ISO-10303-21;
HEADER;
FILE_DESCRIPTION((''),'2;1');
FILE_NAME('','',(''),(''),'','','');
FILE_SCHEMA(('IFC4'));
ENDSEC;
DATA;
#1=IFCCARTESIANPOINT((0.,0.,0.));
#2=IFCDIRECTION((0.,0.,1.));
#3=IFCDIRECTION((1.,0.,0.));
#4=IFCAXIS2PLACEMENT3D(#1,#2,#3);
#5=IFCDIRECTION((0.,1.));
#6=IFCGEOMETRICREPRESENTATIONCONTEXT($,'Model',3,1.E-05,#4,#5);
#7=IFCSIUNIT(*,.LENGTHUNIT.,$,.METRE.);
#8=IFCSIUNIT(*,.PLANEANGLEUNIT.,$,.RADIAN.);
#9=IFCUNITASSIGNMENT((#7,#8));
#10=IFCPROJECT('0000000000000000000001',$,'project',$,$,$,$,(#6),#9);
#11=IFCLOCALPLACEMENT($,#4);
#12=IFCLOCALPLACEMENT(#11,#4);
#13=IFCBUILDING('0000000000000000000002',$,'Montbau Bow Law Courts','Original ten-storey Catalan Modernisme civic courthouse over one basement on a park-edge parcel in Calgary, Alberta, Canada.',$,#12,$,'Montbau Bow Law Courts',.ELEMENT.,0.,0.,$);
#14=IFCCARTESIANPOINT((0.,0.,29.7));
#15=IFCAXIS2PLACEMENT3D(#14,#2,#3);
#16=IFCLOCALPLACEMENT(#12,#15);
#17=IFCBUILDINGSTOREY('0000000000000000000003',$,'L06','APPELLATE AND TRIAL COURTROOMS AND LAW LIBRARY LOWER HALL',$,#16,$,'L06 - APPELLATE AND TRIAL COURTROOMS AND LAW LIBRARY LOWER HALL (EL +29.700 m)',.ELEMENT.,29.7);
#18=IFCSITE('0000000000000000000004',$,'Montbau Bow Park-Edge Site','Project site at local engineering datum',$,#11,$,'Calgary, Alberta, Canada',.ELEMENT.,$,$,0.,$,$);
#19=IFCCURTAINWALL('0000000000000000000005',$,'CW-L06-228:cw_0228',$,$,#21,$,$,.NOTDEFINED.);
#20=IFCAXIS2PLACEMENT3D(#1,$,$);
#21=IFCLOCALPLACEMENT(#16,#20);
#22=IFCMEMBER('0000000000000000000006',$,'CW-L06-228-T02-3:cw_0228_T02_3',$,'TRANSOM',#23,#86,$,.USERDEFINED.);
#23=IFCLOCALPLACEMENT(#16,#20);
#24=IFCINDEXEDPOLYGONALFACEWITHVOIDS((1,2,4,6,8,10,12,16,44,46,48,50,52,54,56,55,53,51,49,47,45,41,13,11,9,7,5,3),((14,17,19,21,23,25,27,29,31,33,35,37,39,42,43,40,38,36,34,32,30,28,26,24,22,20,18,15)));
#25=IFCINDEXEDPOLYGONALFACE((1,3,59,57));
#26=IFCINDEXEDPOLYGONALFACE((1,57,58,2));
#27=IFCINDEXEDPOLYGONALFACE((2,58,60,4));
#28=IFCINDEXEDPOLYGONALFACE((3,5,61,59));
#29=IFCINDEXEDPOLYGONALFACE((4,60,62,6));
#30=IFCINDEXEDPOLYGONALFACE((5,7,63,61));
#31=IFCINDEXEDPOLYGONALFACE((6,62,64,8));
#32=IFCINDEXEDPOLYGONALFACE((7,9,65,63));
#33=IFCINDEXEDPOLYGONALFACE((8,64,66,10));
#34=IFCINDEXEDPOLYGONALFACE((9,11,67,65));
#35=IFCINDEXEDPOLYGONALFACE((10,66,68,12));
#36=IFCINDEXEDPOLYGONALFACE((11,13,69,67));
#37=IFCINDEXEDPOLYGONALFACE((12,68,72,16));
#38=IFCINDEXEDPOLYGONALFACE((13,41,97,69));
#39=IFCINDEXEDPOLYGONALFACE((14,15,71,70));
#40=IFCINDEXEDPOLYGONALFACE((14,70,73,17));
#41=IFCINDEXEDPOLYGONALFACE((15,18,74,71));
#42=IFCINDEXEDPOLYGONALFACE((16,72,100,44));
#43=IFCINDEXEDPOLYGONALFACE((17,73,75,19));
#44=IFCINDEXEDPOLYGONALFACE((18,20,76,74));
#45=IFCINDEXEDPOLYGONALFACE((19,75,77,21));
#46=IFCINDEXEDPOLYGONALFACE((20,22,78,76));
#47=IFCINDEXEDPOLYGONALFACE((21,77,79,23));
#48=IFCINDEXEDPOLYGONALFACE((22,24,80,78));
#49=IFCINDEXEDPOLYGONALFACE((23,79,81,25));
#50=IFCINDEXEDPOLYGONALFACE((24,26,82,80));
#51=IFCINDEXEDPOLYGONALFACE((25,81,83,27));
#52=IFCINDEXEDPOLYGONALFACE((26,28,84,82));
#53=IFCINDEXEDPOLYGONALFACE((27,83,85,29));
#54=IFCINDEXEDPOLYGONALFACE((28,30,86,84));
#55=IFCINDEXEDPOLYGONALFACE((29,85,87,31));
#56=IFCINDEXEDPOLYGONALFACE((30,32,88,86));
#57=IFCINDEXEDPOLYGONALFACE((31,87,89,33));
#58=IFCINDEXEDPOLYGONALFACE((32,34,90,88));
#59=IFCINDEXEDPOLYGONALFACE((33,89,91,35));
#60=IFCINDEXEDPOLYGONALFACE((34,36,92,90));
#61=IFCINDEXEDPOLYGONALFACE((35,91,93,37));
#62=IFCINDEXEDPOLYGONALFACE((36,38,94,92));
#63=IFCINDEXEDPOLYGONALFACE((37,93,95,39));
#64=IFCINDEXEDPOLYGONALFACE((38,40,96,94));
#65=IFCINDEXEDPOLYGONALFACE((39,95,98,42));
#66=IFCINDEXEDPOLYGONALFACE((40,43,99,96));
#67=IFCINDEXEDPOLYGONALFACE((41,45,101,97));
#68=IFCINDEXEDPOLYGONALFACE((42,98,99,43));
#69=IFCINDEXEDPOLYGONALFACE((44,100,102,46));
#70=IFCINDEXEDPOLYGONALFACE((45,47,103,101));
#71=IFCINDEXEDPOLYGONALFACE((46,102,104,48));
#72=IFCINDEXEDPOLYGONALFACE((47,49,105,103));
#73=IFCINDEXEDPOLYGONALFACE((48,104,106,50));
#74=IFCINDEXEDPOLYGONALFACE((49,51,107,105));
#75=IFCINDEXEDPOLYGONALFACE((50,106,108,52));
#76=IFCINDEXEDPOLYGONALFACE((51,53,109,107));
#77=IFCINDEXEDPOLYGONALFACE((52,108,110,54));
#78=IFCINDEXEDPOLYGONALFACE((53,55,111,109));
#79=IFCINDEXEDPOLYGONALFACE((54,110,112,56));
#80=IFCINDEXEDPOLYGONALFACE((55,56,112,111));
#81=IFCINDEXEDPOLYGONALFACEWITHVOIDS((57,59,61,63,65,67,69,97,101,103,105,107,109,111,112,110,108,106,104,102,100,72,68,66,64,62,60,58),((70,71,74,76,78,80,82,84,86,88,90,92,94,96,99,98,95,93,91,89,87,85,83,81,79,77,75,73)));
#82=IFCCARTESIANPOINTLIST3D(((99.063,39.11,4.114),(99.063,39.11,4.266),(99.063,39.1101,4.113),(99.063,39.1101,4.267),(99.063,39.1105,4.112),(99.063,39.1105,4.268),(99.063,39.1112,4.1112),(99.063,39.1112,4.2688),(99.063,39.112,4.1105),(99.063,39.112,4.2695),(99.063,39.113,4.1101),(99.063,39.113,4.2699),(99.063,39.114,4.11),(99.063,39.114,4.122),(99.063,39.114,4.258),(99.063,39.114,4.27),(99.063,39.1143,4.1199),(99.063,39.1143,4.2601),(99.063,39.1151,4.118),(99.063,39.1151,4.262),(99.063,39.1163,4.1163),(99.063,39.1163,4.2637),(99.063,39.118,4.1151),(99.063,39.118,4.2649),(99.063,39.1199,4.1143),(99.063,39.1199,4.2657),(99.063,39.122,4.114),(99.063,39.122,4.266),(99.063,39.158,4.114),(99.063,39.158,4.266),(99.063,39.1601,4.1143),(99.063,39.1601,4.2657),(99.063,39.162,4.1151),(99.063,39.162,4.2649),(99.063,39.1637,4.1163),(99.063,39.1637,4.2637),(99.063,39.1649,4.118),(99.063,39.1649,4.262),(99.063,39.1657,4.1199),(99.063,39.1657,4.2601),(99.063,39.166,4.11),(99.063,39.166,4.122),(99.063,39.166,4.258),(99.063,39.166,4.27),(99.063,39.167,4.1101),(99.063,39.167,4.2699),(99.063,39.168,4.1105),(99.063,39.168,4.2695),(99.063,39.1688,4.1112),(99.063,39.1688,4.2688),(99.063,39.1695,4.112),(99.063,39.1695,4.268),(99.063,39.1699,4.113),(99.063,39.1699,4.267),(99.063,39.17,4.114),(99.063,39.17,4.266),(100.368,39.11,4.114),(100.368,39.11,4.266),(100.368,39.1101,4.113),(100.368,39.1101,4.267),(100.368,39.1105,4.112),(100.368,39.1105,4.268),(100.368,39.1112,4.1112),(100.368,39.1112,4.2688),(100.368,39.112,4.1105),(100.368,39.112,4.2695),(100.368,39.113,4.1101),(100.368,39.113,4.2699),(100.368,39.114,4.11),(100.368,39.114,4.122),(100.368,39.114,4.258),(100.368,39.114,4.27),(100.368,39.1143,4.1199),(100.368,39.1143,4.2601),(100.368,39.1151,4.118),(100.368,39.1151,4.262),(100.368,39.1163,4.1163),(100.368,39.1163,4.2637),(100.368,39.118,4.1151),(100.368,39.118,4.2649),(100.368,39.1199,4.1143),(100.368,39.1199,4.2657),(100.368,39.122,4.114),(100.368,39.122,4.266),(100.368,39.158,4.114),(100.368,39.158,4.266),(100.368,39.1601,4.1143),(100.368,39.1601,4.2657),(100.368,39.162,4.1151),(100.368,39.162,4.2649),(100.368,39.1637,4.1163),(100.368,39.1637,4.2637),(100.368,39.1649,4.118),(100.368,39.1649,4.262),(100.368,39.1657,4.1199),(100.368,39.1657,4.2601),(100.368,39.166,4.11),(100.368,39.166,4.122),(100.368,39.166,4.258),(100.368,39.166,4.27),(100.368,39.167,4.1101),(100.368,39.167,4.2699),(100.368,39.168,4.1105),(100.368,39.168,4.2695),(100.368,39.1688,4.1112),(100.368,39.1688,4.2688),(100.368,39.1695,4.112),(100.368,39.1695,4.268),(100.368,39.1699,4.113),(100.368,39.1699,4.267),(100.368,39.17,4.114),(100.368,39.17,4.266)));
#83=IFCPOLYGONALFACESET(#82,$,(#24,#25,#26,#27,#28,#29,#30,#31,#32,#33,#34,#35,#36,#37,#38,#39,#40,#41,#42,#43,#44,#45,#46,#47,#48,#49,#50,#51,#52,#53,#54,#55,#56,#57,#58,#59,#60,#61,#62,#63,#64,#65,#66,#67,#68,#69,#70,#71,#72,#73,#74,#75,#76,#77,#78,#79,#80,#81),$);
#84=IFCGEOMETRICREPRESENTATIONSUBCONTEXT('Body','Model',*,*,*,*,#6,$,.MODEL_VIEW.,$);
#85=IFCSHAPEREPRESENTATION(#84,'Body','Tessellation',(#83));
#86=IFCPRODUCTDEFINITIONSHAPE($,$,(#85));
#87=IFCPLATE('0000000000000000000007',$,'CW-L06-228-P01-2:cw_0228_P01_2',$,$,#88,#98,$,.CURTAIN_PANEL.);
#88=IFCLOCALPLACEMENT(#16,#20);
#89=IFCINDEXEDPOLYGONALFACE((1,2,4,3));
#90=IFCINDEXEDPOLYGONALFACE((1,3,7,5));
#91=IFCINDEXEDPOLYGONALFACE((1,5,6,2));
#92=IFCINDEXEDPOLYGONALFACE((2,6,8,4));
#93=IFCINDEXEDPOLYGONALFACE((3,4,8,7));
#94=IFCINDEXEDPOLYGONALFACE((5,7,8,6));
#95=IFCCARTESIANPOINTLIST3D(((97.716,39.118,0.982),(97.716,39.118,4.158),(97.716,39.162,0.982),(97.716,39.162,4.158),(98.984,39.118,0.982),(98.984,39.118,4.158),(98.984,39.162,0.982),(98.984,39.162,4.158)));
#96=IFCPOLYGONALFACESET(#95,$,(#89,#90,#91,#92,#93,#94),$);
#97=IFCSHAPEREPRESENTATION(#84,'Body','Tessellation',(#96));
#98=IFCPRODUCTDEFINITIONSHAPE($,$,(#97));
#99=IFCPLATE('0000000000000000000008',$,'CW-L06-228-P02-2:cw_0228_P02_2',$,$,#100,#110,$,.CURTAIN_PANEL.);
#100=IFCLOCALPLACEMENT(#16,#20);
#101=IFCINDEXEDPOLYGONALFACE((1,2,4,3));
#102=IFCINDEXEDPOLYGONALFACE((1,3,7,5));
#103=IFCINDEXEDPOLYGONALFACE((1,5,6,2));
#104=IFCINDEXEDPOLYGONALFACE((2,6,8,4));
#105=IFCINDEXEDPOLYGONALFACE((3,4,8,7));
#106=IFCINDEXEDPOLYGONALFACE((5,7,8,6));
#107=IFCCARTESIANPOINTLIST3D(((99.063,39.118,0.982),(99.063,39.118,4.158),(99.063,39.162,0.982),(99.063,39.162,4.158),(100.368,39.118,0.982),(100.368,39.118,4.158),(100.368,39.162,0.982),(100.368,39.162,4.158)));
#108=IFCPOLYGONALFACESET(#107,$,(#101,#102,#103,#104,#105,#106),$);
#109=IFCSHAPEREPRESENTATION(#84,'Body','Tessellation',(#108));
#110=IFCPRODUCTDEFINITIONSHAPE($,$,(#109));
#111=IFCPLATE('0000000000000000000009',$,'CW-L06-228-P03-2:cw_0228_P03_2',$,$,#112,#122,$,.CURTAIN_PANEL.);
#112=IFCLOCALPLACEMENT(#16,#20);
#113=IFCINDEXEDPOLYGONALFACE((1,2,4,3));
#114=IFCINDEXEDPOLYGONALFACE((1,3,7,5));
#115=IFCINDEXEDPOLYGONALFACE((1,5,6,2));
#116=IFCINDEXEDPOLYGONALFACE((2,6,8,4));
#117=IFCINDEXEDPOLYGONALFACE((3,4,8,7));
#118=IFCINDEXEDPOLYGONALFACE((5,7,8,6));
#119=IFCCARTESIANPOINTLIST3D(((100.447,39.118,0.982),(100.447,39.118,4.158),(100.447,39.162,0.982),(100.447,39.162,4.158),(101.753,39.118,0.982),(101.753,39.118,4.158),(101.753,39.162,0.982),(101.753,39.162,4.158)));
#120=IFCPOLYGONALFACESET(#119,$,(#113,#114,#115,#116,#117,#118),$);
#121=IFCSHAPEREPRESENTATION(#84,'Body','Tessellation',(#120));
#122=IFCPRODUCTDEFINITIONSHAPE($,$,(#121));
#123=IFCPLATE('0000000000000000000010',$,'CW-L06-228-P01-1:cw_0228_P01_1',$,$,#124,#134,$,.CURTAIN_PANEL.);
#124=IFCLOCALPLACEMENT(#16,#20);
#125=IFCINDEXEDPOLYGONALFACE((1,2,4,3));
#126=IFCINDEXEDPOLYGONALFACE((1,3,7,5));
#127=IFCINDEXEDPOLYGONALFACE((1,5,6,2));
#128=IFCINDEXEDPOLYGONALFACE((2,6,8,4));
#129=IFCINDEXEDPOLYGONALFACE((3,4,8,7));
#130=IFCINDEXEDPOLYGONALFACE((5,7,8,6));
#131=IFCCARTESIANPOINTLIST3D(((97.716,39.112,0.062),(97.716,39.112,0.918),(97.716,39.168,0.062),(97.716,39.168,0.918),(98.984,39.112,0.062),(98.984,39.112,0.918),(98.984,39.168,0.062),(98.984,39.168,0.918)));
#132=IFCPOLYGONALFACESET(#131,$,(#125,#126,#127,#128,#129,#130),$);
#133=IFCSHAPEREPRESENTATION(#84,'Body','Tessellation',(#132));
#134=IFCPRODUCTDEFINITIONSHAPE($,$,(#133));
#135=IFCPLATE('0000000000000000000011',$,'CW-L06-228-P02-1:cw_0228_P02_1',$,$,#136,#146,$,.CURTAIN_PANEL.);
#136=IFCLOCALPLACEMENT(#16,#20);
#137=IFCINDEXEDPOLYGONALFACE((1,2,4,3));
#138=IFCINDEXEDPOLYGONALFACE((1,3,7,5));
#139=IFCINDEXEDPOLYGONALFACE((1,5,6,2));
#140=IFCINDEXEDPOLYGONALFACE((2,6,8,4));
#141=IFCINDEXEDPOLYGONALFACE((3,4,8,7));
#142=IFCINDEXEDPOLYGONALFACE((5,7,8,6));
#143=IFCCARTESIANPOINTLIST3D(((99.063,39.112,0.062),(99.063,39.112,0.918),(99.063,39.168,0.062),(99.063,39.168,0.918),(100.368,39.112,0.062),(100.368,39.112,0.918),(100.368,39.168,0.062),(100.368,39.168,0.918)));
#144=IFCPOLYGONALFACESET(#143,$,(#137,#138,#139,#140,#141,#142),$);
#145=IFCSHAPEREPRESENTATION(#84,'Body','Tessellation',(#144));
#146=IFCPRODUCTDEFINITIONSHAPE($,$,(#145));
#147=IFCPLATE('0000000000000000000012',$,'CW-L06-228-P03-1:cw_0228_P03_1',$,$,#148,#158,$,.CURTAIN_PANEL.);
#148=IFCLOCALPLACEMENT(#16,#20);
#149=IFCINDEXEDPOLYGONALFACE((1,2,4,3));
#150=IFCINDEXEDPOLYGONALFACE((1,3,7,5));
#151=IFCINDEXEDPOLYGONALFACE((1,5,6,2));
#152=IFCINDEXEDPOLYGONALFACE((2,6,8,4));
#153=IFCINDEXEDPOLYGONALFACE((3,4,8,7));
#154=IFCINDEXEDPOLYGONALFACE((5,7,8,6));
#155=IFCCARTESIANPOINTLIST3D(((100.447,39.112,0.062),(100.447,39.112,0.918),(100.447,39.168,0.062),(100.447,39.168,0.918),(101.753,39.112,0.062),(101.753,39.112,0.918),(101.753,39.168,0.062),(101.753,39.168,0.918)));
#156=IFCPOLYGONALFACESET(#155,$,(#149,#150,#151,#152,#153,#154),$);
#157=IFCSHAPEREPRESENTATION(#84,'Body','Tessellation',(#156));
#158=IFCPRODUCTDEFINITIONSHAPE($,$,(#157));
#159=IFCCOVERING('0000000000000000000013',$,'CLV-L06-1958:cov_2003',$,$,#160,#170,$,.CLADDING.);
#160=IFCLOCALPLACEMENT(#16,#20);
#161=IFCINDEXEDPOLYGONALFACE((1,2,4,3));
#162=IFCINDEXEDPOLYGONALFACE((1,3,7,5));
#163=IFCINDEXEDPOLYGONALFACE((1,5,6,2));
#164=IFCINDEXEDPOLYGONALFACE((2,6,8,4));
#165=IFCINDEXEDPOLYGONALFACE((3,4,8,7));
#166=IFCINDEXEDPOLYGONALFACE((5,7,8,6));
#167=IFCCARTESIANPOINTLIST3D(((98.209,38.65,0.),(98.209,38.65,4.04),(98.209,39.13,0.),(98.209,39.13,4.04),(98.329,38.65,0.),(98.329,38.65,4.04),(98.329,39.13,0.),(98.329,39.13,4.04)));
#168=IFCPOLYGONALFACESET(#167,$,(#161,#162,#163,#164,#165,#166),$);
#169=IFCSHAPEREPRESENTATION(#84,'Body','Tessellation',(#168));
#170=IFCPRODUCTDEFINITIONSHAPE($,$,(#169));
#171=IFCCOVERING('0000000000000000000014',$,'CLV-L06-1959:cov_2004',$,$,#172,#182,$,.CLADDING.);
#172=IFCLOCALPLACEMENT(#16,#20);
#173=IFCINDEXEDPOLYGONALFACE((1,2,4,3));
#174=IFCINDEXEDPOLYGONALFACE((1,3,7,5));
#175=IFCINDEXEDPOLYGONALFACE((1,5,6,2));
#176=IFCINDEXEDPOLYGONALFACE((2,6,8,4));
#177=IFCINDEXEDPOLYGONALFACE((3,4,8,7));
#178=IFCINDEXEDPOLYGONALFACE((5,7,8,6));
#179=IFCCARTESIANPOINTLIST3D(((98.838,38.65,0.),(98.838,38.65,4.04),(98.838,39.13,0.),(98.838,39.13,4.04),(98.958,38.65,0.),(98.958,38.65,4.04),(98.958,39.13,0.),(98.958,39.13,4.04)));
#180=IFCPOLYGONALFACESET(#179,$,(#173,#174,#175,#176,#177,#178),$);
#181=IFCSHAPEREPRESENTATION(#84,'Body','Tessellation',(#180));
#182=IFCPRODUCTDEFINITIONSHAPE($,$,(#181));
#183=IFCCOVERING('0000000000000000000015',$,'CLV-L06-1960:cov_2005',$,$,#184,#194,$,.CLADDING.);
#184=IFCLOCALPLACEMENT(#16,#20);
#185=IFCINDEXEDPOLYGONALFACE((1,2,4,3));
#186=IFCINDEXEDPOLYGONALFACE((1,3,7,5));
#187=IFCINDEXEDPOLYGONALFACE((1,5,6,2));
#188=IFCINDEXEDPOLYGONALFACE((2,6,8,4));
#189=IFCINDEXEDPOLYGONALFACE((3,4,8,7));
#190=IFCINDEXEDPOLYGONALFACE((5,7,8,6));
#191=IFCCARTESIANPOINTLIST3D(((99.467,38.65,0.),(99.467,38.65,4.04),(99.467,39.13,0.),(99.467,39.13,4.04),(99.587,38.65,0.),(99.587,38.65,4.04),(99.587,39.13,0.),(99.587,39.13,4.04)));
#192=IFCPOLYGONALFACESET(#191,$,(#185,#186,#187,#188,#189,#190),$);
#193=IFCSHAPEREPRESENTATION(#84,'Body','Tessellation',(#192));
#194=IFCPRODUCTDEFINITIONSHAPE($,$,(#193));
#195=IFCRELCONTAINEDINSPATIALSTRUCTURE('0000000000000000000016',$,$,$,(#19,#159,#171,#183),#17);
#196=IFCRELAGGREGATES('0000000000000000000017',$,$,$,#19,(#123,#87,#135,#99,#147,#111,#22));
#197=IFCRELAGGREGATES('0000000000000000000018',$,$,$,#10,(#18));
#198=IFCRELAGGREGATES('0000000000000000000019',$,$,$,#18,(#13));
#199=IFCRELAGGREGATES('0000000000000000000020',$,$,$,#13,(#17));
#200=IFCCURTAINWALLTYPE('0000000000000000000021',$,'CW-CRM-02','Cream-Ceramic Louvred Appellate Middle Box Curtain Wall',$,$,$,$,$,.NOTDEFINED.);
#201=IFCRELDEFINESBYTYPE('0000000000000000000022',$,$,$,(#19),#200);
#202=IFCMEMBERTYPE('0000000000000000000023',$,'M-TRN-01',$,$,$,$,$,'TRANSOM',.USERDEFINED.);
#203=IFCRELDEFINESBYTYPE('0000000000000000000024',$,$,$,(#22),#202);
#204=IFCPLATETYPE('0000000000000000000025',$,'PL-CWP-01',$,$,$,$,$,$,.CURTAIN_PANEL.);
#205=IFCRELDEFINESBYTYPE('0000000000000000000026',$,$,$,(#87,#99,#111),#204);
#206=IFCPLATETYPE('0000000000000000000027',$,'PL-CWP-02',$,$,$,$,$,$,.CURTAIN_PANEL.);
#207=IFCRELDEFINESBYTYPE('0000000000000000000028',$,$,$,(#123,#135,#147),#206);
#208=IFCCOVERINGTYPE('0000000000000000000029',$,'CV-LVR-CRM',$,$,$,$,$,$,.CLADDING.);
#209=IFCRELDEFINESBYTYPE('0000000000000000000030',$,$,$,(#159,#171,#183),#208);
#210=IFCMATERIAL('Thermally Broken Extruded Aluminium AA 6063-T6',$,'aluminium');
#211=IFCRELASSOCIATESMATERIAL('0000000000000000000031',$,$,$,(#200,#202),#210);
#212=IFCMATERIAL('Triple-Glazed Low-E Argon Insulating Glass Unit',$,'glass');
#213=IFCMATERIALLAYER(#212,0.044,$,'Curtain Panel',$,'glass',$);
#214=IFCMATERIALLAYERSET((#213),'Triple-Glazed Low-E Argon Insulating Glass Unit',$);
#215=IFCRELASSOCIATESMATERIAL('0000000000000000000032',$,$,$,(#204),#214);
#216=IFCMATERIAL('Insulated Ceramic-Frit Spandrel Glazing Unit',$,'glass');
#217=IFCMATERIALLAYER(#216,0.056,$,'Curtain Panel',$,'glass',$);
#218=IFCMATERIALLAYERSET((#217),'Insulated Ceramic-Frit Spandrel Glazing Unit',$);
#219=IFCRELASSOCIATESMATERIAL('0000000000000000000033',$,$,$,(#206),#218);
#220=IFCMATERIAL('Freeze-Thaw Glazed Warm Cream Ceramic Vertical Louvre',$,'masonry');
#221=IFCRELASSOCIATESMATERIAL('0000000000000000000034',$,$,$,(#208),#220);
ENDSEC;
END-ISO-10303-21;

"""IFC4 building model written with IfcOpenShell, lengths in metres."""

from ifc_helpers import new_model, si_unit, direction, frame, frame_2d, origin_with_axes, origin_2d_with_axis, place, context, subcontext, project, spatial, rectangle, hollow_rectangle, extrude, material, layer, layer_set, material_profile, profile_set, type_object, element, aggregate, save


model = new_model("IFC4")

# Units and contexts
model_context = context("Model", 3, precision=1e-05, world=origin_with_axes(), true_north=direction((0.0, 1.0)))
body_context = subcontext(model_context, "Body", "Model", "MODEL_VIEW")
ifc_project = project(units=[si_unit("LENGTHUNIT", "METRE"), si_unit("PLANEANGLEUNIT", "RADIAN")], contexts=[model_context])

# Site, building, storey
site_placement = place(None, origin_with_axes())
site = spatial("IfcSite", under=ifc_project, at=site_placement, Name="Montbau Bow Park-Edge Site", Description="Project site at local engineering datum", LongName="Calgary, Alberta, Canada", CompositionType="ELEMENT", RefElevation=0.0)
building_placement = place(site_placement, origin_with_axes())
building = spatial("IfcBuilding", under=site, at=building_placement, Name="Montbau Bow Law Courts", Description="Original ten-storey Catalan Modernisme civic courthouse over one basement on a park-edge parcel in Calgary, Alberta, Canada.", LongName="Montbau Bow Law Courts", CompositionType="ELEMENT", ElevationOfRefHeight=0.0, ElevationOfTerrain=0.0)
storey_placement = place(building_placement, frame((0.0, 0.0, 29.7), z_axis=(0.0, 0.0, 1.0), x_axis=(1.0, 0.0, 0.0)))
storey = spatial("IfcBuildingStorey", under=building, at=storey_placement, Name="L06", Description="APPELLATE AND TRIAL COURTROOMS AND LAW LIBRARY LOWER HALL", LongName="L06 - APPELLATE AND TRIAL COURTROOMS AND LAW LIBRARY LOWER HALL (EL +29.700 m)", CompositionType="ELEMENT", Elevation=29.7)

# Curtain wall, member, plates
ifc_material_1 = material(Name="Thermally Broken Extruded Aluminium AA 6063-T6", Category="aluminium")
curtain_wall_type = type_object("IfcCurtainWallType", Name="CW-CRM-02", Description="Cream-Ceramic Louvred Appellate Middle Box Curtain Wall", PredefinedType="NOTDEFINED", material=ifc_material_1)
curtain_wall_placement = place(None, frame((97.64, 39.14, 29.7), z_axis=(0.0, 0.0, 1.0), x_axis=(1.0, 0.0, 0.0)))
curtain_wall = element("IfcCurtainWall", 1, at=curtain_wall_placement, inside=storey, type_object=curtain_wall_type, Name="CW-L06-228:cw_0228", PredefinedType="NOTDEFINED")
ifc_material_profile_1 = material_profile(ifc_material_1, hollow_rectangle(XDim=0.06, YDim=0.16, WallThickness=0.004, InnerFilletRadius=0.008, OuterFilletRadius=0.004, at=origin_2d_with_axis()), Name="CWT-160X60", Category="Main", Priority=0)
ifc_profile_set_1 = profile_set([ifc_material_profile_1], Name="Thermally Broken Extruded Aluminium AA 6063-T6")
member_type_1 = type_object("IfcMemberType", Name="M-TRN-01", ElementType="TRANSOM", PredefinedType="USERDEFINED", material=ifc_profile_set_1)
member_1_placement = place(None, frame((99.063, 39.14, 33.89), z_axis=(1.0, 0.0, 0.0), x_axis=(0.0, 1.0, 0.0)))
member_1 = element("IfcMember", 2, at=member_1_placement, type_object=member_type_1, Name="CW-L06-228-T02-3:cw_0228_T02_3", ObjectType="TRANSOM", PredefinedType="USERDEFINED", context=body_context, shape_type="SweptSolid", body=[
    extrude(hollow_rectangle(XDim=0.06, YDim=0.16, WallThickness=0.004, InnerFilletRadius=0.008, OuterFilletRadius=0.004, at=origin_2d_with_axis()), origin_with_axes(), (0.0, 0.0, 1.0), 1.305),
])
ifc_material_2 = material(Name="Triple-Glazed Low-E Argon Insulating Glass Unit", Category="glass")
ifc_layer_1 = layer(ifc_material_2, 0.044, Name="Curtain Panel", Category="glass")
ifc_layer_set_1 = layer_set([ifc_layer_1], Name="Triple-Glazed Low-E Argon Insulating Glass Unit")
plate_type_1 = type_object("IfcPlateType", Name="PL-CWP-01", PredefinedType="CURTAIN_PANEL", material=ifc_layer_set_1)
plate_1_placement = place(None, frame((97.716, 39.14, 30.682), z_axis=(0.0, -1.0, 0.0), x_axis=(1.0, 0.0, 0.0)))
plate_1 = element("IfcPlate", 3, at=plate_1_placement, type_object=plate_type_1, Name="CW-L06-228-P01-2:cw_0228_P01_2", PredefinedType="CURTAIN_PANEL", context=body_context, shape_type="SweptSolid", body=[
    extrude(rectangle(XDim=1.268, YDim=3.176, at=frame_2d((0.634, 1.588), x_axis=(1.0, 0.0))), frame((0.0, 0.0, -0.022), z_axis=(0.0, 0.0, 1.0), x_axis=(1.0, 0.0, 0.0)), (0.0, 0.0, 1.0), 0.044),
])
plate_2_placement = place(None, frame((99.063, 39.14, 30.682), z_axis=(0.0, -1.0, 0.0), x_axis=(1.0, 0.0, 0.0)))
plate_2 = element("IfcPlate", 4, at=plate_2_placement, type_object=plate_type_1, Name="CW-L06-228-P02-2:cw_0228_P02_2", PredefinedType="CURTAIN_PANEL", context=body_context, shape_type="SweptSolid", body=[
    extrude(rectangle(XDim=1.305, YDim=3.176, at=frame_2d((0.6525, 1.588), x_axis=(1.0, 0.0))), frame((0.0, 0.0, -0.022), z_axis=(0.0, 0.0, 1.0), x_axis=(1.0, 0.0, 0.0)), (0.0, 0.0, 1.0), 0.044),
])
plate_3_placement = place(None, frame((100.447, 39.14, 30.682), z_axis=(0.0, -1.0, 0.0), x_axis=(1.0, 0.0, 0.0)))
plate_3 = element("IfcPlate", 5, at=plate_3_placement, type_object=plate_type_1, Name="CW-L06-228-P03-2:cw_0228_P03_2", PredefinedType="CURTAIN_PANEL", context=body_context, shape_type="SweptSolid", body=[
    extrude(rectangle(XDim=1.306, YDim=3.176, at=frame_2d((0.653, 1.588), x_axis=(1.0, 0.0))), frame((0.0, 0.0, -0.022), z_axis=(0.0, 0.0, 1.0), x_axis=(1.0, 0.0, 0.0)), (0.0, 0.0, 1.0), 0.044),
])
ifc_material_3 = material(Name="Insulated Ceramic-Frit Spandrel Glazing Unit", Category="glass")
ifc_layer_2 = layer(ifc_material_3, 0.056, Name="Curtain Panel", Category="glass")
ifc_layer_set_2 = layer_set([ifc_layer_2], Name="Insulated Ceramic-Frit Spandrel Glazing Unit")
plate_type_2 = type_object("IfcPlateType", Name="PL-CWP-02", PredefinedType="CURTAIN_PANEL", material=ifc_layer_set_2)
plate_4_placement = place(None, frame((97.716, 39.14, 29.762), z_axis=(0.0, -1.0, 0.0), x_axis=(1.0, 0.0, 0.0)))
plate_4 = element("IfcPlate", 6, at=plate_4_placement, type_object=plate_type_2, Name="CW-L06-228-P01-1:cw_0228_P01_1", PredefinedType="CURTAIN_PANEL", context=body_context, shape_type="SweptSolid", body=[
    extrude(rectangle(XDim=1.268, YDim=0.856, at=frame_2d((0.634, 0.428), x_axis=(1.0, 0.0))), frame((0.0, 0.0, -0.028), z_axis=(0.0, 0.0, 1.0), x_axis=(1.0, 0.0, 0.0)), (0.0, 0.0, 1.0), 0.056),
])
plate_5_placement = place(None, frame((99.063, 39.14, 29.762), z_axis=(0.0, -1.0, 0.0), x_axis=(1.0, 0.0, 0.0)))
plate_5 = element("IfcPlate", 7, at=plate_5_placement, type_object=plate_type_2, Name="CW-L06-228-P02-1:cw_0228_P02_1", PredefinedType="CURTAIN_PANEL", context=body_context, shape_type="SweptSolid", body=[
    extrude(rectangle(XDim=1.305, YDim=0.856, at=frame_2d((0.6525, 0.428), x_axis=(1.0, 0.0))), frame((0.0, 0.0, -0.028), z_axis=(0.0, 0.0, 1.0), x_axis=(1.0, 0.0, 0.0)), (0.0, 0.0, 1.0), 0.056),
])
plate_6_placement = place(None, frame((100.447, 39.14, 29.762), z_axis=(0.0, -1.0, 0.0), x_axis=(1.0, 0.0, 0.0)))
plate_6 = element("IfcPlate", 8, at=plate_6_placement, type_object=plate_type_2, Name="CW-L06-228-P03-1:cw_0228_P03_1", PredefinedType="CURTAIN_PANEL", context=body_context, shape_type="SweptSolid", body=[
    extrude(rectangle(XDim=1.306, YDim=0.856, at=frame_2d((0.653, 0.428), x_axis=(1.0, 0.0))), frame((0.0, 0.0, -0.028), z_axis=(0.0, 0.0, 1.0), x_axis=(1.0, 0.0, 0.0)), (0.0, 0.0, 1.0), 0.056),
])
aggregate(curtain_wall, [plate_4, plate_1, plate_5, plate_2, plate_6, plate_3, member_1])

# Coverings
ifc_material_4 = material(Name="Freeze-Thaw Glazed Warm Cream Ceramic Vertical Louvre", Category="masonry")
covering_type = type_object("IfcCoveringType", Name="CV-LVR-CRM", PredefinedType="CLADDING", material=ifc_material_4)
for number, where, z_axis, x_axis, name in (
    (9, (98.269, 39.13, 29.7), (-1.0, 0.0, 0.0), (0.0, -1.0, 0.0), "CLV-L06-1958:cov_2003"),
    (10, (98.898, 39.13, 29.7), (-1.0, 0.0, 0.0), (0.0, -1.0, 0.0), "CLV-L06-1959:cov_2004"),
    (11, (99.527, 39.13, 29.7), (-1.0, 0.0, 0.0), (0.0, -1.0, 0.0), "CLV-L06-1960:cov_2005"),
):
    element("IfcCovering", number, at=place(None, frame(where, z_axis=z_axis, x_axis=x_axis)), inside=storey, type_object=covering_type, Name=name, PredefinedType="CLADDING", context=body_context, shape_type="SweptSolid", body=[
        extrude(rectangle(XDim=0.48, YDim=4.04, at=frame_2d((0.24, 2.02), x_axis=(1.0, 0.0))), frame((0.0, 0.0, -0.06), z_axis=(0.0, 0.0, 1.0), x_axis=(1.0, 0.0, 0.0)), (0.0, 0.0, 1.0), 0.12),
    ])

save(model, "model.ifc")
